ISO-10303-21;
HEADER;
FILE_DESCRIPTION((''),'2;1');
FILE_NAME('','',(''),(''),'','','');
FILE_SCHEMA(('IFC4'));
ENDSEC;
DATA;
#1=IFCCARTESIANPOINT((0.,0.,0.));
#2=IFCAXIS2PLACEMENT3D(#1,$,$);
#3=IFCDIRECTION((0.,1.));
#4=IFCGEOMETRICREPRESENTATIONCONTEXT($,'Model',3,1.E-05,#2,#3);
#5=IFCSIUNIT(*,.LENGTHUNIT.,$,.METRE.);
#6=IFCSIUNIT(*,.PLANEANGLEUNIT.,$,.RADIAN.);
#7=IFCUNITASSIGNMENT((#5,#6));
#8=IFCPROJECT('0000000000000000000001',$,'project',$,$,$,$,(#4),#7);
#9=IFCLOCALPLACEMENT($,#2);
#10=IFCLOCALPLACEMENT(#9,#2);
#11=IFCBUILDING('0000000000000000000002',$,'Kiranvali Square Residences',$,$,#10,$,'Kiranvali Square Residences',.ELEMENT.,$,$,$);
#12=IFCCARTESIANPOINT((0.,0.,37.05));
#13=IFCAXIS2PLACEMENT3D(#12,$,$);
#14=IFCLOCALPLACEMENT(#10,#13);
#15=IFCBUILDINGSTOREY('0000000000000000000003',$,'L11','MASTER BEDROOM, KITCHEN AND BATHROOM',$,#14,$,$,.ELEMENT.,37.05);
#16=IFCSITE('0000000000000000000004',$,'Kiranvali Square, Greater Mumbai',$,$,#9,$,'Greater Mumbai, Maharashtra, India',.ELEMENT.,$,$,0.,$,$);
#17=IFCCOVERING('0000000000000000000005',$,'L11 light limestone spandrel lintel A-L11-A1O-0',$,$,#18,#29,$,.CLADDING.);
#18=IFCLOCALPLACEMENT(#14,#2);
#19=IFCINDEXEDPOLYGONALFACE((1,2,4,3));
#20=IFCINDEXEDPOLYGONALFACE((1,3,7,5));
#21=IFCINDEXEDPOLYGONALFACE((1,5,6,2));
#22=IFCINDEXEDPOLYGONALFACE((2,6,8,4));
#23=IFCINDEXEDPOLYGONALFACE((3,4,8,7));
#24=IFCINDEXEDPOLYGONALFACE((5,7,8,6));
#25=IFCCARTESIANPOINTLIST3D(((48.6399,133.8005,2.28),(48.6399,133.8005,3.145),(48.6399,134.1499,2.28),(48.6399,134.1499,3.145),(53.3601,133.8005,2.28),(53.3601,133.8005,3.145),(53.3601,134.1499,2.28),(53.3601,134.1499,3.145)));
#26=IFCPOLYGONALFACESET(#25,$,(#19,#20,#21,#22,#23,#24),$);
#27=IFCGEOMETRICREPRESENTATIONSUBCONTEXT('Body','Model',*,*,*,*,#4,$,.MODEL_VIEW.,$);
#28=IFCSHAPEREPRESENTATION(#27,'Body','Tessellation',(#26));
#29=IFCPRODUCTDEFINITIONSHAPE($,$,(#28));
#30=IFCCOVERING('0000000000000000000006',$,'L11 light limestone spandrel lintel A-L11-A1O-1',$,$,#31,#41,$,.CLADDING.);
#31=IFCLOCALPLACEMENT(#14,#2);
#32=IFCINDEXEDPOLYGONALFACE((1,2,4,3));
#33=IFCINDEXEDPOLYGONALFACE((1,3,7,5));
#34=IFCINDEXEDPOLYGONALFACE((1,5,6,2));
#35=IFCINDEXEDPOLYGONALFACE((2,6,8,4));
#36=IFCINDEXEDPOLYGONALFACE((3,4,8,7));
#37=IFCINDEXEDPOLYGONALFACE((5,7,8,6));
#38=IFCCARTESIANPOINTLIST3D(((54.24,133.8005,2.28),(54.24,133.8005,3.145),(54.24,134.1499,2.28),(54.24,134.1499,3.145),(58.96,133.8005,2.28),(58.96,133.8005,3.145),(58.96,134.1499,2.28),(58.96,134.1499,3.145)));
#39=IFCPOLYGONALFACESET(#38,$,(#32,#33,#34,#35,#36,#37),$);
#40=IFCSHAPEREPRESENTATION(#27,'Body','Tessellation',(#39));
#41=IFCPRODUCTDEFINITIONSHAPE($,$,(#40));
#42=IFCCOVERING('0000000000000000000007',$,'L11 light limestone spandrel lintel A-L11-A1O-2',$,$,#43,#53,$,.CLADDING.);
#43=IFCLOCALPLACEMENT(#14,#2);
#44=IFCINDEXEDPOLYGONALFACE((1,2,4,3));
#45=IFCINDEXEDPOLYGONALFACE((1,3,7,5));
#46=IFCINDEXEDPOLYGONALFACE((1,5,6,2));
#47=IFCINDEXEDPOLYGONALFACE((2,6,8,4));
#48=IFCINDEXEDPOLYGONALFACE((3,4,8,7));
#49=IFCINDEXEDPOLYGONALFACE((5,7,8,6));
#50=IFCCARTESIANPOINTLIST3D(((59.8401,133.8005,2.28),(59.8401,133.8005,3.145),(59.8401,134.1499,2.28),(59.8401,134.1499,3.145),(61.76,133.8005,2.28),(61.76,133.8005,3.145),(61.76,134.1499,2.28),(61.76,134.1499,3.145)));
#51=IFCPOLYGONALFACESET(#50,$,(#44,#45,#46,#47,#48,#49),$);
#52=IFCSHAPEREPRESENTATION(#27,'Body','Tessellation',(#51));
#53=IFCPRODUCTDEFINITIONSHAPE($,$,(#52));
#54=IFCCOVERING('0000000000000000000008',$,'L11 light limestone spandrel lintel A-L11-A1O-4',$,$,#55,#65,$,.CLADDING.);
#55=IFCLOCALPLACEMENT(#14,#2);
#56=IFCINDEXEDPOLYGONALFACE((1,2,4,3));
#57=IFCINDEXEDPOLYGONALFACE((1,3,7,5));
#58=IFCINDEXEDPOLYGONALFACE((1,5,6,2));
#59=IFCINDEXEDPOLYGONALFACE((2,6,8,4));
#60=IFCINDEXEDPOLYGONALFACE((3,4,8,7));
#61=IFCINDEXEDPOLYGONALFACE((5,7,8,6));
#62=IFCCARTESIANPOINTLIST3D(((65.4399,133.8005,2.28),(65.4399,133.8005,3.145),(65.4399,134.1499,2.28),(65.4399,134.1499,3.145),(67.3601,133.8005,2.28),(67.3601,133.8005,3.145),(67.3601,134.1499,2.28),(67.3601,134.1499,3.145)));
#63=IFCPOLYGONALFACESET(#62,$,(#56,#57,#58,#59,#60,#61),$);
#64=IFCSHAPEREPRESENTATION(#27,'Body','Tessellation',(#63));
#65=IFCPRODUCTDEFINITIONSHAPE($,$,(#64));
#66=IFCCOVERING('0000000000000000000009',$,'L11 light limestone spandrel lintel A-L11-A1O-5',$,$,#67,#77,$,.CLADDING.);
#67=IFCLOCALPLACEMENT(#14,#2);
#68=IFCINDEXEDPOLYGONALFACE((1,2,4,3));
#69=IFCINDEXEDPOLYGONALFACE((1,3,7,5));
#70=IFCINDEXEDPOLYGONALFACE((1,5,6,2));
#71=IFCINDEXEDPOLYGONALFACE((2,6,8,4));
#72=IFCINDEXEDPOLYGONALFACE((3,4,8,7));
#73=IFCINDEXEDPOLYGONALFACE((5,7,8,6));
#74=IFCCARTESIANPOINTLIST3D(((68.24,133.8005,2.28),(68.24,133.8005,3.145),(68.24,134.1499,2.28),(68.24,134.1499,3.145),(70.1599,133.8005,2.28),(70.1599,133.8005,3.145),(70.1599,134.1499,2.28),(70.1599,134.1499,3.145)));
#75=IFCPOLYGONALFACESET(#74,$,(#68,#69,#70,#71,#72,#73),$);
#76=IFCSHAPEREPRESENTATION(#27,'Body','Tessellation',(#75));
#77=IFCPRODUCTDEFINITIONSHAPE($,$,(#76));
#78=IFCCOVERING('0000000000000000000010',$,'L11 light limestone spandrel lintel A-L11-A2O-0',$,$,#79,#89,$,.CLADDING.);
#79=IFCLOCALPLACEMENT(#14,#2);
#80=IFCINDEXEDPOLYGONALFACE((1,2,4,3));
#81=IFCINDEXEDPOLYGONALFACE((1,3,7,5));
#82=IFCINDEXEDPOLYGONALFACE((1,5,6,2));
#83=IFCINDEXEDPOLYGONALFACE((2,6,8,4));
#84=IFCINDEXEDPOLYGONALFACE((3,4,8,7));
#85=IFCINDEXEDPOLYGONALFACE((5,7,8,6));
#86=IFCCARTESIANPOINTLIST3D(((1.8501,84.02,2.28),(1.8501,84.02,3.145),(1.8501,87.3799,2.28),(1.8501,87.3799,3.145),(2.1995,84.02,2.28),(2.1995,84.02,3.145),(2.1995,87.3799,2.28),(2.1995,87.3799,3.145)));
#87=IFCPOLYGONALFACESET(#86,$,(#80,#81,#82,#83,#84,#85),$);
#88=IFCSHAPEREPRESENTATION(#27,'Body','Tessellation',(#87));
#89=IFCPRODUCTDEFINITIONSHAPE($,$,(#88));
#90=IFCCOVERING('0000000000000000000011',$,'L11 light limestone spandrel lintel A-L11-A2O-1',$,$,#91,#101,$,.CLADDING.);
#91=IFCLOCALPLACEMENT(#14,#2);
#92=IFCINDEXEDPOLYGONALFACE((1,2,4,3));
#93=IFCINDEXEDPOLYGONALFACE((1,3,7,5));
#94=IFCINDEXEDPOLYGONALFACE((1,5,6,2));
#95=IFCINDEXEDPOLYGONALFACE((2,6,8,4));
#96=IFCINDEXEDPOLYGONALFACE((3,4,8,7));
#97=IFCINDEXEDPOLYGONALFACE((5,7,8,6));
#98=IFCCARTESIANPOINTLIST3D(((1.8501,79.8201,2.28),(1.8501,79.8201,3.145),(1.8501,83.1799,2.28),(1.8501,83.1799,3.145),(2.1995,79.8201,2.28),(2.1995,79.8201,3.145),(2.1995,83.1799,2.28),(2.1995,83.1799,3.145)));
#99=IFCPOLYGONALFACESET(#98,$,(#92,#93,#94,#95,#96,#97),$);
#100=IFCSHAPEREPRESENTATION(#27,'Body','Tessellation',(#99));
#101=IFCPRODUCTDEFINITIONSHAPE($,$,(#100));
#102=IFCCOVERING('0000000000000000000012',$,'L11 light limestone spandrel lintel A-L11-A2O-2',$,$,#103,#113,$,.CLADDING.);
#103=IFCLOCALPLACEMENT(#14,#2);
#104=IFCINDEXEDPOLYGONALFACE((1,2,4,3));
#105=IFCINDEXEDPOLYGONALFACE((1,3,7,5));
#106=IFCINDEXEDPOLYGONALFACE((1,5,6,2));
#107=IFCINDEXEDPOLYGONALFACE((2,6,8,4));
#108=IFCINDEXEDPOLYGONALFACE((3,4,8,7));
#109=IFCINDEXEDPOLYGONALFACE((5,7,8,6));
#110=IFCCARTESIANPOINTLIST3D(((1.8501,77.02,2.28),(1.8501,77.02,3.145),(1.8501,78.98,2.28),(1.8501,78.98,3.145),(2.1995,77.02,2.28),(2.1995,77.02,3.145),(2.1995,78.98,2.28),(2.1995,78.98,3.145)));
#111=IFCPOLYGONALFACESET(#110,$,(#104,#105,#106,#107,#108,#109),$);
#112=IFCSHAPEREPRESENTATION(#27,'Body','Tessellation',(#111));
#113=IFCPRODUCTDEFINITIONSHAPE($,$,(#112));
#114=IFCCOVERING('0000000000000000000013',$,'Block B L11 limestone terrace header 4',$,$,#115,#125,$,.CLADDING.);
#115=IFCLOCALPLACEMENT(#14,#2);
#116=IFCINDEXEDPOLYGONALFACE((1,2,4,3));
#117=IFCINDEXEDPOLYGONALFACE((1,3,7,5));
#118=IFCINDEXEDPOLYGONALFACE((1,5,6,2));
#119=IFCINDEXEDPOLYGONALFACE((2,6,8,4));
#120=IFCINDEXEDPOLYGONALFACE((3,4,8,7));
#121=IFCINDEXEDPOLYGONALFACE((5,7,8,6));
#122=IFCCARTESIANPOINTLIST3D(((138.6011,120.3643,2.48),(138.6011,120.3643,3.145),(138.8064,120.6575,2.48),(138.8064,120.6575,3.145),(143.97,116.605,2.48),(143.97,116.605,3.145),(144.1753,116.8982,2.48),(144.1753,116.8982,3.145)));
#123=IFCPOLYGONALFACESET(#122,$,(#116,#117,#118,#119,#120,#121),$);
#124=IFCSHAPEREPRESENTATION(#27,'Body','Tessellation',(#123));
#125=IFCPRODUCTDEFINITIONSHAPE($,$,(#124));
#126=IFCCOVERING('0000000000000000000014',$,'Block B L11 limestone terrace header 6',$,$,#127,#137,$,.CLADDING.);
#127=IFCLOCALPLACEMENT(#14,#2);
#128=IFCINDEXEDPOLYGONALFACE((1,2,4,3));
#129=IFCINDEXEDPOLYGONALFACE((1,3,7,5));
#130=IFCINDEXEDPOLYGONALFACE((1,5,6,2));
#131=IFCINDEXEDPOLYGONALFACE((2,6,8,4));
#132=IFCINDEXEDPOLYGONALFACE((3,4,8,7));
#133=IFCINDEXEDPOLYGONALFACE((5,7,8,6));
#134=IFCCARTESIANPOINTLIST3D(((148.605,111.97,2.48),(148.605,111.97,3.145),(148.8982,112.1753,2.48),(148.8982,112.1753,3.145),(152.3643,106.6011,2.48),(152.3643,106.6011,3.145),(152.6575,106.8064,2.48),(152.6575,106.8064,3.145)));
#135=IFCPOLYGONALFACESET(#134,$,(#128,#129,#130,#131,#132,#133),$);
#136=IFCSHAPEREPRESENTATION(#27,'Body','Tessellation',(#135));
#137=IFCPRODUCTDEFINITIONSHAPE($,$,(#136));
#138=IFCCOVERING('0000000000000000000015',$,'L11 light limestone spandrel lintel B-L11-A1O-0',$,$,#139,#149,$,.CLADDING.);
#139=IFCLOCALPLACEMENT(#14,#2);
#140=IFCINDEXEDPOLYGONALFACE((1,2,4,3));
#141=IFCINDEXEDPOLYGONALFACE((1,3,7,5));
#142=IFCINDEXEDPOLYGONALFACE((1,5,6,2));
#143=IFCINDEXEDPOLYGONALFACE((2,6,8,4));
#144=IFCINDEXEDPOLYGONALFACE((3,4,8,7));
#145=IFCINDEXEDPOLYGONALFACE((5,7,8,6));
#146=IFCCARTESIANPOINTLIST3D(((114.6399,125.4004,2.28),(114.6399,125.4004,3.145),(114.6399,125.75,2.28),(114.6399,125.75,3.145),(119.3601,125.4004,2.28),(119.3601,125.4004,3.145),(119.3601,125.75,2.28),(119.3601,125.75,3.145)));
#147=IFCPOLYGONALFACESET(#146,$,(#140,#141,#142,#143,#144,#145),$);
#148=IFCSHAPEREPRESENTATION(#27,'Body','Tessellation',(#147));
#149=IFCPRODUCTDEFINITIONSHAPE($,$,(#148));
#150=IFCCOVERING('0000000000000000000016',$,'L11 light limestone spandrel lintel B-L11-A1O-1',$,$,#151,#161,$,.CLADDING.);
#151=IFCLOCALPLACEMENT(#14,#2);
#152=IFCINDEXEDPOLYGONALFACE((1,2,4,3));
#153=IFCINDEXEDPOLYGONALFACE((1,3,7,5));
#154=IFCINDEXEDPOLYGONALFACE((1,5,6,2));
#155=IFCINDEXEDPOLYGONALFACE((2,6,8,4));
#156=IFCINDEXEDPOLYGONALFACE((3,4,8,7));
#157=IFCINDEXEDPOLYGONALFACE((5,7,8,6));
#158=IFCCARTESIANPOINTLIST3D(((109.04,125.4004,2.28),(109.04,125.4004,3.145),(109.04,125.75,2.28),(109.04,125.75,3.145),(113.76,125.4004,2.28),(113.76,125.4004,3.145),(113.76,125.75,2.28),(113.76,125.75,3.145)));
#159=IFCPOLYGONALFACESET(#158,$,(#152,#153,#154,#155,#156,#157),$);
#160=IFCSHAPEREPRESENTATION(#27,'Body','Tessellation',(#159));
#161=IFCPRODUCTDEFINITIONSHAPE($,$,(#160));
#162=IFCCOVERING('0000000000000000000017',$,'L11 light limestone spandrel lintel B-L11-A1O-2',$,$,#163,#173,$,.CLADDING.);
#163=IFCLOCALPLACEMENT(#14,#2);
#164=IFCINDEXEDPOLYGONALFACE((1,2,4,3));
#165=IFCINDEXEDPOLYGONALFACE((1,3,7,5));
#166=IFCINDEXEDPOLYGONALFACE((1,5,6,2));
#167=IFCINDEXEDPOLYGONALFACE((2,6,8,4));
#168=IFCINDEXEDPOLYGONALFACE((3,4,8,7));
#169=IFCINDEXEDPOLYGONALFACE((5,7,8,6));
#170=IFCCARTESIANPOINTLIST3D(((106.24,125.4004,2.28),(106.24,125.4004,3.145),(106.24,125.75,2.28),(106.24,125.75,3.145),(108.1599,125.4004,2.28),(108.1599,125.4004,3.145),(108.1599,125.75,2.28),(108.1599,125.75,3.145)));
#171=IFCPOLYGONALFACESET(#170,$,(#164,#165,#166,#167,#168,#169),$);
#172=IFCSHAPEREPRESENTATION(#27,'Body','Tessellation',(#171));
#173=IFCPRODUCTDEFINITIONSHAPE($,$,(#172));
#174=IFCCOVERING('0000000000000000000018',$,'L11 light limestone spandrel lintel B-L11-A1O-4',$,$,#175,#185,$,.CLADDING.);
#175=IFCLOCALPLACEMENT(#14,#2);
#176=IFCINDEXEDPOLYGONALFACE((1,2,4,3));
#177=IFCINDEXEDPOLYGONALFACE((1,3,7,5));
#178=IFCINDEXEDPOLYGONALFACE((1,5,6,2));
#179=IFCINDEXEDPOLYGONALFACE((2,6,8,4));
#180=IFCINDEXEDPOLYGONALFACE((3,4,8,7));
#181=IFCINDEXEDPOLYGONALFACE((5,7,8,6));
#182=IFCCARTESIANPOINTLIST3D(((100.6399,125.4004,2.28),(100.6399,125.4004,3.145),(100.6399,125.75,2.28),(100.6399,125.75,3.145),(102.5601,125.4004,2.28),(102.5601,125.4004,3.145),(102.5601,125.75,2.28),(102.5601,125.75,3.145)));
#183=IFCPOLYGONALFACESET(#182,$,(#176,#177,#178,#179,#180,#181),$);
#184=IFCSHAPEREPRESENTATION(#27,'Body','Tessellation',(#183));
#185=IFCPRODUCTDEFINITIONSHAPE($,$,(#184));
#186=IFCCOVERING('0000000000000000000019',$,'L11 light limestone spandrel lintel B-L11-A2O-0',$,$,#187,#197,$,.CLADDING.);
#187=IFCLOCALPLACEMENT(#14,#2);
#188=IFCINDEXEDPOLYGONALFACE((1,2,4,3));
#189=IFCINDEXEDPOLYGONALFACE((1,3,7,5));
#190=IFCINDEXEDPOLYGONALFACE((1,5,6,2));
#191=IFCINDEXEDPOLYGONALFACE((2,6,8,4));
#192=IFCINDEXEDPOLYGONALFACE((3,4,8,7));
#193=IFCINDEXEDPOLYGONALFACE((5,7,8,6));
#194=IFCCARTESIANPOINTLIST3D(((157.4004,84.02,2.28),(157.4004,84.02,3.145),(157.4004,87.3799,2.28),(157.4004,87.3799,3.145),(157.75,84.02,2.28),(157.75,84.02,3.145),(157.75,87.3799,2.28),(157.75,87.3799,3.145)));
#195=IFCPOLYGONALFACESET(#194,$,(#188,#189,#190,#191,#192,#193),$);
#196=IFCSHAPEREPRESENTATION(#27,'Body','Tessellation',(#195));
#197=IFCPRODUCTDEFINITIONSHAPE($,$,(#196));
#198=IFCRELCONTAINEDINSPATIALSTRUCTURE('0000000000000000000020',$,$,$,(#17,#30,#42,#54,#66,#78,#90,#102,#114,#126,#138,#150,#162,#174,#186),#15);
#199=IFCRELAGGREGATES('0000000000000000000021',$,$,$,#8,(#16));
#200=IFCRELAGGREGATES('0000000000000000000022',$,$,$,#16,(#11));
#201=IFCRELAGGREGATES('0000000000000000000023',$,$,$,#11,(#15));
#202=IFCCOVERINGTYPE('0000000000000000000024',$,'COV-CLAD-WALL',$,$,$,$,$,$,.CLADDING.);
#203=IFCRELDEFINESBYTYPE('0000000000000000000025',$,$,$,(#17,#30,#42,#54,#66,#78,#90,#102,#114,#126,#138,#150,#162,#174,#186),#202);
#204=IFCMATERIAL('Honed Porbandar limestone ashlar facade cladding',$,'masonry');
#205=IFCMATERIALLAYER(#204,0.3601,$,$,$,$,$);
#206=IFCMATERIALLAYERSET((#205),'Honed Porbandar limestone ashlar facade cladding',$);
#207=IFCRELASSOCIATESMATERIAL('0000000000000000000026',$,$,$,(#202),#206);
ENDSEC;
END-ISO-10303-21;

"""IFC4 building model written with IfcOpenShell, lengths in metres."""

from ifc_helpers import new_model, si_unit, direction, frame, origin, place, context, subcontext, project, spatial, polyline, outline, extrude, material, layer, layer_set, type_object, element, save


model = new_model("IFC4")

# Units and contexts
model_context = context("Model", 3, precision=1e-05, world=origin(), true_north=direction((0.0, 1.0)))
body_context = subcontext(model_context, "Body", "Model", "MODEL_VIEW")
ifc_project = project(units=[si_unit("LENGTHUNIT", "METRE"), si_unit("PLANEANGLEUNIT", "RADIAN")], contexts=[model_context])

# Site, building, storey
site_placement = place(None, origin())
site = spatial("IfcSite", under=ifc_project, at=site_placement, Name="Kiranvali Square, Greater Mumbai", LongName="Greater Mumbai, Maharashtra, India", CompositionType="ELEMENT", RefElevation=0.0)
building_placement = place(site_placement, origin())
building = spatial("IfcBuilding", under=site, at=building_placement, Name="Kiranvali Square Residences", LongName="Kiranvali Square Residences", CompositionType="ELEMENT")
storey_placement = place(building_placement, frame((0.0, 0.0, 37.05)))
storey = spatial("IfcBuildingStorey", under=building, at=storey_placement, Name="L11", Description="MASTER BEDROOM, KITCHEN AND BATHROOM", CompositionType="ELEMENT", Elevation=37.05)

# Coverings
ifc_material = material(Name="Honed Porbandar limestone ashlar facade cladding", Category="masonry")
ifc_layer = layer(ifc_material, 0.3601)
ifc_layer_set = layer_set([ifc_layer], Name="Honed Porbandar limestone ashlar facade cladding")
covering_type = type_object("IfcCoveringType", Name="COV-CLAD-WALL", PredefinedType="CLADDING", material=ifc_layer_set)
covering_1_placement = place(storey_placement, frame((0.0, 0.0, 2.28)))
element("IfcCovering", 1, at=covering_1_placement, inside=storey, type_object=covering_type, Name="L11 light limestone spandrel lintel A-L11-A1O-0", PredefinedType="CLADDING", context=body_context, shape_type="SweptSolid", body=[
    extrude(outline(polyline([(48.6399, 133.8005), (53.3601, 133.8005), (53.3601, 134.1499), (48.6399, 134.1499), (48.6399, 133.8005)])), origin(), (0.0, 0.0, 1.0), 0.865),
])
covering_2_placement = place(storey_placement, frame((0.0, 0.0, 2.28)))
element("IfcCovering", 2, at=covering_2_placement, inside=storey, type_object=covering_type, Name="L11 light limestone spandrel lintel A-L11-A1O-1", PredefinedType="CLADDING", context=body_context, shape_type="SweptSolid", body=[
    extrude(outline(polyline([(54.24, 133.8005), (58.96, 133.8005), (58.96, 134.1499), (54.24, 134.1499), (54.24, 133.8005)])), origin(), (0.0, 0.0, 1.0), 0.865),
])
covering_3_placement = place(storey_placement, frame((0.0, 0.0, 2.28)))
element("IfcCovering", 3, at=covering_3_placement, inside=storey, type_object=covering_type, Name="L11 light limestone spandrel lintel A-L11-A1O-2", PredefinedType="CLADDING", context=body_context, shape_type="SweptSolid", body=[
    extrude(outline(polyline([(59.8401, 133.8005), (61.76, 133.8005), (61.76, 134.1499), (59.8401, 134.1499), (59.8401, 133.8005)])), origin(), (0.0, 0.0, 1.0), 0.865),
])
covering_4_placement = place(storey_placement, frame((0.0, 0.0, 2.28)))
element("IfcCovering", 4, at=covering_4_placement, inside=storey, type_object=covering_type, Name="L11 light limestone spandrel lintel A-L11-A1O-4", PredefinedType="CLADDING", context=body_context, shape_type="SweptSolid", body=[
    extrude(outline(polyline([(65.4399, 133.8005), (67.3601, 133.8005), (67.3601, 134.1499), (65.4399, 134.1499), (65.4399, 133.8005)])), origin(), (0.0, 0.0, 1.0), 0.865),
])
covering_5_placement = place(storey_placement, frame((0.0, 0.0, 2.28)))
element("IfcCovering", 5, at=covering_5_placement, inside=storey, type_object=covering_type, Name="L11 light limestone spandrel lintel A-L11-A1O-5", PredefinedType="CLADDING", context=body_context, shape_type="SweptSolid", body=[
    extrude(outline(polyline([(68.24, 133.8005), (70.1599, 133.8005), (70.1599, 134.1499), (68.24, 134.1499), (68.24, 133.8005)])), origin(), (0.0, 0.0, 1.0), 0.865),
])
covering_6_placement = place(storey_placement, frame((0.0, 0.0, 2.28)))
element("IfcCovering", 6, at=covering_6_placement, inside=storey, type_object=covering_type, Name="L11 light limestone spandrel lintel A-L11-A2O-0", PredefinedType="CLADDING", context=body_context, shape_type="SweptSolid", body=[
    extrude(outline(polyline([(1.8501, 87.3799), (1.8501, 84.02), (2.1995, 84.02), (2.1995, 87.3799), (1.8501, 87.3799)])), origin(), (0.0, 0.0, 1.0), 0.865),
])
covering_7_placement = place(storey_placement, frame((0.0, 0.0, 2.28)))
element("IfcCovering", 7, at=covering_7_placement, inside=storey, type_object=covering_type, Name="L11 light limestone spandrel lintel A-L11-A2O-1", PredefinedType="CLADDING", context=body_context, shape_type="SweptSolid", body=[
    extrude(outline(polyline([(1.8501, 83.1799), (1.8501, 79.8201), (2.1995, 79.8201), (2.1995, 83.1799), (1.8501, 83.1799)])), origin(), (0.0, 0.0, 1.0), 0.865),
])
covering_8_placement = place(storey_placement, frame((0.0, 0.0, 2.28)))
element("IfcCovering", 8, at=covering_8_placement, inside=storey, type_object=covering_type, Name="L11 light limestone spandrel lintel A-L11-A2O-2", PredefinedType="CLADDING", context=body_context, shape_type="SweptSolid", body=[
    extrude(outline(polyline([(1.8501, 78.98), (1.8501, 77.02), (2.1995, 77.02), (2.1995, 78.98), (1.8501, 78.98)])), origin(), (0.0, 0.0, 1.0), 0.865),
])
covering_9_placement = place(storey_placement, frame((0.0, 0.0, 2.48)))
element("IfcCovering", 9, at=covering_9_placement, inside=storey, type_object=covering_type, Name="Block B L11 limestone terrace header 4", PredefinedType="CLADDING", context=body_context, shape_type="SweptSolid", body=[
    extrude(outline(polyline([(138.6011, 120.3643), (143.97, 116.605), (144.1753, 116.8982), (138.8064, 120.6575), (138.6011, 120.3643)])), origin(), (0.0, 0.0, 1.0), 0.665),
])
covering_10_placement = place(storey_placement, frame((0.0, 0.0, 2.48)))
element("IfcCovering", 10, at=covering_10_placement, inside=storey, type_object=covering_type, Name="Block B L11 limestone terrace header 6", PredefinedType="CLADDING", context=body_context, shape_type="SweptSolid", body=[
    extrude(outline(polyline([(148.605, 111.97), (152.3643, 106.6011), (152.6575, 106.8064), (148.8982, 112.1753), (148.605, 111.97)])), origin(), (0.0, 0.0, 1.0), 0.665),
])
covering_11_placement = place(storey_placement, frame((0.0, 0.0, 2.28)))
element("IfcCovering", 11, at=covering_11_placement, inside=storey, type_object=covering_type, Name="L11 light limestone spandrel lintel B-L11-A1O-0", PredefinedType="CLADDING", context=body_context, shape_type="SweptSolid", body=[
    extrude(outline(polyline([(119.3601, 125.75), (114.6399, 125.75), (114.6399, 125.4004), (119.3601, 125.4004), (119.3601, 125.75)])), origin(), (0.0, 0.0, 1.0), 0.865),
])
covering_12_placement = place(storey_placement, frame((0.0, 0.0, 2.28)))
element("IfcCovering", 12, at=covering_12_placement, inside=storey, type_object=covering_type, Name="L11 light limestone spandrel lintel B-L11-A1O-1", PredefinedType="CLADDING", context=body_context, shape_type="SweptSolid", body=[
    extrude(outline(polyline([(113.76, 125.75), (109.04, 125.75), (109.04, 125.4004), (113.76, 125.4004), (113.76, 125.75)])), origin(), (0.0, 0.0, 1.0), 0.865),
])
covering_13_placement = place(storey_placement, frame((0.0, 0.0, 2.28)))
element("IfcCovering", 13, at=covering_13_placement, inside=storey, type_object=covering_type, Name="L11 light limestone spandrel lintel B-L11-A1O-2", PredefinedType="CLADDING", context=body_context, shape_type="SweptSolid", body=[
    extrude(outline(polyline([(108.1599, 125.75), (106.24, 125.75), (106.24, 125.4004), (108.1599, 125.4004), (108.1599, 125.75)])), origin(), (0.0, 0.0, 1.0), 0.865),
])
covering_14_placement = place(storey_placement, frame((0.0, 0.0, 2.28)))
element("IfcCovering", 14, at=covering_14_placement, inside=storey, type_object=covering_type, Name="L11 light limestone spandrel lintel B-L11-A1O-4", PredefinedType="CLADDING", context=body_context, shape_type="SweptSolid", body=[
    extrude(outline(polyline([(102.5601, 125.75), (100.6399, 125.75), (100.6399, 125.4004), (102.5601, 125.4004), (102.5601, 125.75)])), origin(), (0.0, 0.0, 1.0), 0.865),
])
covering_15_placement = place(storey_placement, frame((0.0, 0.0, 2.28)))
element("IfcCovering", 15, at=covering_15_placement, inside=storey, type_object=covering_type, Name="L11 light limestone spandrel lintel B-L11-A2O-0", PredefinedType="CLADDING", context=body_context, shape_type="SweptSolid", body=[
    extrude(outline(polyline([(157.4004, 87.3799), (157.4004, 84.02), (157.75, 84.02), (157.75, 87.3799), (157.4004, 87.3799)])), origin(), (0.0, 0.0, 1.0), 0.865),
])

save(model, "model.ifc")
